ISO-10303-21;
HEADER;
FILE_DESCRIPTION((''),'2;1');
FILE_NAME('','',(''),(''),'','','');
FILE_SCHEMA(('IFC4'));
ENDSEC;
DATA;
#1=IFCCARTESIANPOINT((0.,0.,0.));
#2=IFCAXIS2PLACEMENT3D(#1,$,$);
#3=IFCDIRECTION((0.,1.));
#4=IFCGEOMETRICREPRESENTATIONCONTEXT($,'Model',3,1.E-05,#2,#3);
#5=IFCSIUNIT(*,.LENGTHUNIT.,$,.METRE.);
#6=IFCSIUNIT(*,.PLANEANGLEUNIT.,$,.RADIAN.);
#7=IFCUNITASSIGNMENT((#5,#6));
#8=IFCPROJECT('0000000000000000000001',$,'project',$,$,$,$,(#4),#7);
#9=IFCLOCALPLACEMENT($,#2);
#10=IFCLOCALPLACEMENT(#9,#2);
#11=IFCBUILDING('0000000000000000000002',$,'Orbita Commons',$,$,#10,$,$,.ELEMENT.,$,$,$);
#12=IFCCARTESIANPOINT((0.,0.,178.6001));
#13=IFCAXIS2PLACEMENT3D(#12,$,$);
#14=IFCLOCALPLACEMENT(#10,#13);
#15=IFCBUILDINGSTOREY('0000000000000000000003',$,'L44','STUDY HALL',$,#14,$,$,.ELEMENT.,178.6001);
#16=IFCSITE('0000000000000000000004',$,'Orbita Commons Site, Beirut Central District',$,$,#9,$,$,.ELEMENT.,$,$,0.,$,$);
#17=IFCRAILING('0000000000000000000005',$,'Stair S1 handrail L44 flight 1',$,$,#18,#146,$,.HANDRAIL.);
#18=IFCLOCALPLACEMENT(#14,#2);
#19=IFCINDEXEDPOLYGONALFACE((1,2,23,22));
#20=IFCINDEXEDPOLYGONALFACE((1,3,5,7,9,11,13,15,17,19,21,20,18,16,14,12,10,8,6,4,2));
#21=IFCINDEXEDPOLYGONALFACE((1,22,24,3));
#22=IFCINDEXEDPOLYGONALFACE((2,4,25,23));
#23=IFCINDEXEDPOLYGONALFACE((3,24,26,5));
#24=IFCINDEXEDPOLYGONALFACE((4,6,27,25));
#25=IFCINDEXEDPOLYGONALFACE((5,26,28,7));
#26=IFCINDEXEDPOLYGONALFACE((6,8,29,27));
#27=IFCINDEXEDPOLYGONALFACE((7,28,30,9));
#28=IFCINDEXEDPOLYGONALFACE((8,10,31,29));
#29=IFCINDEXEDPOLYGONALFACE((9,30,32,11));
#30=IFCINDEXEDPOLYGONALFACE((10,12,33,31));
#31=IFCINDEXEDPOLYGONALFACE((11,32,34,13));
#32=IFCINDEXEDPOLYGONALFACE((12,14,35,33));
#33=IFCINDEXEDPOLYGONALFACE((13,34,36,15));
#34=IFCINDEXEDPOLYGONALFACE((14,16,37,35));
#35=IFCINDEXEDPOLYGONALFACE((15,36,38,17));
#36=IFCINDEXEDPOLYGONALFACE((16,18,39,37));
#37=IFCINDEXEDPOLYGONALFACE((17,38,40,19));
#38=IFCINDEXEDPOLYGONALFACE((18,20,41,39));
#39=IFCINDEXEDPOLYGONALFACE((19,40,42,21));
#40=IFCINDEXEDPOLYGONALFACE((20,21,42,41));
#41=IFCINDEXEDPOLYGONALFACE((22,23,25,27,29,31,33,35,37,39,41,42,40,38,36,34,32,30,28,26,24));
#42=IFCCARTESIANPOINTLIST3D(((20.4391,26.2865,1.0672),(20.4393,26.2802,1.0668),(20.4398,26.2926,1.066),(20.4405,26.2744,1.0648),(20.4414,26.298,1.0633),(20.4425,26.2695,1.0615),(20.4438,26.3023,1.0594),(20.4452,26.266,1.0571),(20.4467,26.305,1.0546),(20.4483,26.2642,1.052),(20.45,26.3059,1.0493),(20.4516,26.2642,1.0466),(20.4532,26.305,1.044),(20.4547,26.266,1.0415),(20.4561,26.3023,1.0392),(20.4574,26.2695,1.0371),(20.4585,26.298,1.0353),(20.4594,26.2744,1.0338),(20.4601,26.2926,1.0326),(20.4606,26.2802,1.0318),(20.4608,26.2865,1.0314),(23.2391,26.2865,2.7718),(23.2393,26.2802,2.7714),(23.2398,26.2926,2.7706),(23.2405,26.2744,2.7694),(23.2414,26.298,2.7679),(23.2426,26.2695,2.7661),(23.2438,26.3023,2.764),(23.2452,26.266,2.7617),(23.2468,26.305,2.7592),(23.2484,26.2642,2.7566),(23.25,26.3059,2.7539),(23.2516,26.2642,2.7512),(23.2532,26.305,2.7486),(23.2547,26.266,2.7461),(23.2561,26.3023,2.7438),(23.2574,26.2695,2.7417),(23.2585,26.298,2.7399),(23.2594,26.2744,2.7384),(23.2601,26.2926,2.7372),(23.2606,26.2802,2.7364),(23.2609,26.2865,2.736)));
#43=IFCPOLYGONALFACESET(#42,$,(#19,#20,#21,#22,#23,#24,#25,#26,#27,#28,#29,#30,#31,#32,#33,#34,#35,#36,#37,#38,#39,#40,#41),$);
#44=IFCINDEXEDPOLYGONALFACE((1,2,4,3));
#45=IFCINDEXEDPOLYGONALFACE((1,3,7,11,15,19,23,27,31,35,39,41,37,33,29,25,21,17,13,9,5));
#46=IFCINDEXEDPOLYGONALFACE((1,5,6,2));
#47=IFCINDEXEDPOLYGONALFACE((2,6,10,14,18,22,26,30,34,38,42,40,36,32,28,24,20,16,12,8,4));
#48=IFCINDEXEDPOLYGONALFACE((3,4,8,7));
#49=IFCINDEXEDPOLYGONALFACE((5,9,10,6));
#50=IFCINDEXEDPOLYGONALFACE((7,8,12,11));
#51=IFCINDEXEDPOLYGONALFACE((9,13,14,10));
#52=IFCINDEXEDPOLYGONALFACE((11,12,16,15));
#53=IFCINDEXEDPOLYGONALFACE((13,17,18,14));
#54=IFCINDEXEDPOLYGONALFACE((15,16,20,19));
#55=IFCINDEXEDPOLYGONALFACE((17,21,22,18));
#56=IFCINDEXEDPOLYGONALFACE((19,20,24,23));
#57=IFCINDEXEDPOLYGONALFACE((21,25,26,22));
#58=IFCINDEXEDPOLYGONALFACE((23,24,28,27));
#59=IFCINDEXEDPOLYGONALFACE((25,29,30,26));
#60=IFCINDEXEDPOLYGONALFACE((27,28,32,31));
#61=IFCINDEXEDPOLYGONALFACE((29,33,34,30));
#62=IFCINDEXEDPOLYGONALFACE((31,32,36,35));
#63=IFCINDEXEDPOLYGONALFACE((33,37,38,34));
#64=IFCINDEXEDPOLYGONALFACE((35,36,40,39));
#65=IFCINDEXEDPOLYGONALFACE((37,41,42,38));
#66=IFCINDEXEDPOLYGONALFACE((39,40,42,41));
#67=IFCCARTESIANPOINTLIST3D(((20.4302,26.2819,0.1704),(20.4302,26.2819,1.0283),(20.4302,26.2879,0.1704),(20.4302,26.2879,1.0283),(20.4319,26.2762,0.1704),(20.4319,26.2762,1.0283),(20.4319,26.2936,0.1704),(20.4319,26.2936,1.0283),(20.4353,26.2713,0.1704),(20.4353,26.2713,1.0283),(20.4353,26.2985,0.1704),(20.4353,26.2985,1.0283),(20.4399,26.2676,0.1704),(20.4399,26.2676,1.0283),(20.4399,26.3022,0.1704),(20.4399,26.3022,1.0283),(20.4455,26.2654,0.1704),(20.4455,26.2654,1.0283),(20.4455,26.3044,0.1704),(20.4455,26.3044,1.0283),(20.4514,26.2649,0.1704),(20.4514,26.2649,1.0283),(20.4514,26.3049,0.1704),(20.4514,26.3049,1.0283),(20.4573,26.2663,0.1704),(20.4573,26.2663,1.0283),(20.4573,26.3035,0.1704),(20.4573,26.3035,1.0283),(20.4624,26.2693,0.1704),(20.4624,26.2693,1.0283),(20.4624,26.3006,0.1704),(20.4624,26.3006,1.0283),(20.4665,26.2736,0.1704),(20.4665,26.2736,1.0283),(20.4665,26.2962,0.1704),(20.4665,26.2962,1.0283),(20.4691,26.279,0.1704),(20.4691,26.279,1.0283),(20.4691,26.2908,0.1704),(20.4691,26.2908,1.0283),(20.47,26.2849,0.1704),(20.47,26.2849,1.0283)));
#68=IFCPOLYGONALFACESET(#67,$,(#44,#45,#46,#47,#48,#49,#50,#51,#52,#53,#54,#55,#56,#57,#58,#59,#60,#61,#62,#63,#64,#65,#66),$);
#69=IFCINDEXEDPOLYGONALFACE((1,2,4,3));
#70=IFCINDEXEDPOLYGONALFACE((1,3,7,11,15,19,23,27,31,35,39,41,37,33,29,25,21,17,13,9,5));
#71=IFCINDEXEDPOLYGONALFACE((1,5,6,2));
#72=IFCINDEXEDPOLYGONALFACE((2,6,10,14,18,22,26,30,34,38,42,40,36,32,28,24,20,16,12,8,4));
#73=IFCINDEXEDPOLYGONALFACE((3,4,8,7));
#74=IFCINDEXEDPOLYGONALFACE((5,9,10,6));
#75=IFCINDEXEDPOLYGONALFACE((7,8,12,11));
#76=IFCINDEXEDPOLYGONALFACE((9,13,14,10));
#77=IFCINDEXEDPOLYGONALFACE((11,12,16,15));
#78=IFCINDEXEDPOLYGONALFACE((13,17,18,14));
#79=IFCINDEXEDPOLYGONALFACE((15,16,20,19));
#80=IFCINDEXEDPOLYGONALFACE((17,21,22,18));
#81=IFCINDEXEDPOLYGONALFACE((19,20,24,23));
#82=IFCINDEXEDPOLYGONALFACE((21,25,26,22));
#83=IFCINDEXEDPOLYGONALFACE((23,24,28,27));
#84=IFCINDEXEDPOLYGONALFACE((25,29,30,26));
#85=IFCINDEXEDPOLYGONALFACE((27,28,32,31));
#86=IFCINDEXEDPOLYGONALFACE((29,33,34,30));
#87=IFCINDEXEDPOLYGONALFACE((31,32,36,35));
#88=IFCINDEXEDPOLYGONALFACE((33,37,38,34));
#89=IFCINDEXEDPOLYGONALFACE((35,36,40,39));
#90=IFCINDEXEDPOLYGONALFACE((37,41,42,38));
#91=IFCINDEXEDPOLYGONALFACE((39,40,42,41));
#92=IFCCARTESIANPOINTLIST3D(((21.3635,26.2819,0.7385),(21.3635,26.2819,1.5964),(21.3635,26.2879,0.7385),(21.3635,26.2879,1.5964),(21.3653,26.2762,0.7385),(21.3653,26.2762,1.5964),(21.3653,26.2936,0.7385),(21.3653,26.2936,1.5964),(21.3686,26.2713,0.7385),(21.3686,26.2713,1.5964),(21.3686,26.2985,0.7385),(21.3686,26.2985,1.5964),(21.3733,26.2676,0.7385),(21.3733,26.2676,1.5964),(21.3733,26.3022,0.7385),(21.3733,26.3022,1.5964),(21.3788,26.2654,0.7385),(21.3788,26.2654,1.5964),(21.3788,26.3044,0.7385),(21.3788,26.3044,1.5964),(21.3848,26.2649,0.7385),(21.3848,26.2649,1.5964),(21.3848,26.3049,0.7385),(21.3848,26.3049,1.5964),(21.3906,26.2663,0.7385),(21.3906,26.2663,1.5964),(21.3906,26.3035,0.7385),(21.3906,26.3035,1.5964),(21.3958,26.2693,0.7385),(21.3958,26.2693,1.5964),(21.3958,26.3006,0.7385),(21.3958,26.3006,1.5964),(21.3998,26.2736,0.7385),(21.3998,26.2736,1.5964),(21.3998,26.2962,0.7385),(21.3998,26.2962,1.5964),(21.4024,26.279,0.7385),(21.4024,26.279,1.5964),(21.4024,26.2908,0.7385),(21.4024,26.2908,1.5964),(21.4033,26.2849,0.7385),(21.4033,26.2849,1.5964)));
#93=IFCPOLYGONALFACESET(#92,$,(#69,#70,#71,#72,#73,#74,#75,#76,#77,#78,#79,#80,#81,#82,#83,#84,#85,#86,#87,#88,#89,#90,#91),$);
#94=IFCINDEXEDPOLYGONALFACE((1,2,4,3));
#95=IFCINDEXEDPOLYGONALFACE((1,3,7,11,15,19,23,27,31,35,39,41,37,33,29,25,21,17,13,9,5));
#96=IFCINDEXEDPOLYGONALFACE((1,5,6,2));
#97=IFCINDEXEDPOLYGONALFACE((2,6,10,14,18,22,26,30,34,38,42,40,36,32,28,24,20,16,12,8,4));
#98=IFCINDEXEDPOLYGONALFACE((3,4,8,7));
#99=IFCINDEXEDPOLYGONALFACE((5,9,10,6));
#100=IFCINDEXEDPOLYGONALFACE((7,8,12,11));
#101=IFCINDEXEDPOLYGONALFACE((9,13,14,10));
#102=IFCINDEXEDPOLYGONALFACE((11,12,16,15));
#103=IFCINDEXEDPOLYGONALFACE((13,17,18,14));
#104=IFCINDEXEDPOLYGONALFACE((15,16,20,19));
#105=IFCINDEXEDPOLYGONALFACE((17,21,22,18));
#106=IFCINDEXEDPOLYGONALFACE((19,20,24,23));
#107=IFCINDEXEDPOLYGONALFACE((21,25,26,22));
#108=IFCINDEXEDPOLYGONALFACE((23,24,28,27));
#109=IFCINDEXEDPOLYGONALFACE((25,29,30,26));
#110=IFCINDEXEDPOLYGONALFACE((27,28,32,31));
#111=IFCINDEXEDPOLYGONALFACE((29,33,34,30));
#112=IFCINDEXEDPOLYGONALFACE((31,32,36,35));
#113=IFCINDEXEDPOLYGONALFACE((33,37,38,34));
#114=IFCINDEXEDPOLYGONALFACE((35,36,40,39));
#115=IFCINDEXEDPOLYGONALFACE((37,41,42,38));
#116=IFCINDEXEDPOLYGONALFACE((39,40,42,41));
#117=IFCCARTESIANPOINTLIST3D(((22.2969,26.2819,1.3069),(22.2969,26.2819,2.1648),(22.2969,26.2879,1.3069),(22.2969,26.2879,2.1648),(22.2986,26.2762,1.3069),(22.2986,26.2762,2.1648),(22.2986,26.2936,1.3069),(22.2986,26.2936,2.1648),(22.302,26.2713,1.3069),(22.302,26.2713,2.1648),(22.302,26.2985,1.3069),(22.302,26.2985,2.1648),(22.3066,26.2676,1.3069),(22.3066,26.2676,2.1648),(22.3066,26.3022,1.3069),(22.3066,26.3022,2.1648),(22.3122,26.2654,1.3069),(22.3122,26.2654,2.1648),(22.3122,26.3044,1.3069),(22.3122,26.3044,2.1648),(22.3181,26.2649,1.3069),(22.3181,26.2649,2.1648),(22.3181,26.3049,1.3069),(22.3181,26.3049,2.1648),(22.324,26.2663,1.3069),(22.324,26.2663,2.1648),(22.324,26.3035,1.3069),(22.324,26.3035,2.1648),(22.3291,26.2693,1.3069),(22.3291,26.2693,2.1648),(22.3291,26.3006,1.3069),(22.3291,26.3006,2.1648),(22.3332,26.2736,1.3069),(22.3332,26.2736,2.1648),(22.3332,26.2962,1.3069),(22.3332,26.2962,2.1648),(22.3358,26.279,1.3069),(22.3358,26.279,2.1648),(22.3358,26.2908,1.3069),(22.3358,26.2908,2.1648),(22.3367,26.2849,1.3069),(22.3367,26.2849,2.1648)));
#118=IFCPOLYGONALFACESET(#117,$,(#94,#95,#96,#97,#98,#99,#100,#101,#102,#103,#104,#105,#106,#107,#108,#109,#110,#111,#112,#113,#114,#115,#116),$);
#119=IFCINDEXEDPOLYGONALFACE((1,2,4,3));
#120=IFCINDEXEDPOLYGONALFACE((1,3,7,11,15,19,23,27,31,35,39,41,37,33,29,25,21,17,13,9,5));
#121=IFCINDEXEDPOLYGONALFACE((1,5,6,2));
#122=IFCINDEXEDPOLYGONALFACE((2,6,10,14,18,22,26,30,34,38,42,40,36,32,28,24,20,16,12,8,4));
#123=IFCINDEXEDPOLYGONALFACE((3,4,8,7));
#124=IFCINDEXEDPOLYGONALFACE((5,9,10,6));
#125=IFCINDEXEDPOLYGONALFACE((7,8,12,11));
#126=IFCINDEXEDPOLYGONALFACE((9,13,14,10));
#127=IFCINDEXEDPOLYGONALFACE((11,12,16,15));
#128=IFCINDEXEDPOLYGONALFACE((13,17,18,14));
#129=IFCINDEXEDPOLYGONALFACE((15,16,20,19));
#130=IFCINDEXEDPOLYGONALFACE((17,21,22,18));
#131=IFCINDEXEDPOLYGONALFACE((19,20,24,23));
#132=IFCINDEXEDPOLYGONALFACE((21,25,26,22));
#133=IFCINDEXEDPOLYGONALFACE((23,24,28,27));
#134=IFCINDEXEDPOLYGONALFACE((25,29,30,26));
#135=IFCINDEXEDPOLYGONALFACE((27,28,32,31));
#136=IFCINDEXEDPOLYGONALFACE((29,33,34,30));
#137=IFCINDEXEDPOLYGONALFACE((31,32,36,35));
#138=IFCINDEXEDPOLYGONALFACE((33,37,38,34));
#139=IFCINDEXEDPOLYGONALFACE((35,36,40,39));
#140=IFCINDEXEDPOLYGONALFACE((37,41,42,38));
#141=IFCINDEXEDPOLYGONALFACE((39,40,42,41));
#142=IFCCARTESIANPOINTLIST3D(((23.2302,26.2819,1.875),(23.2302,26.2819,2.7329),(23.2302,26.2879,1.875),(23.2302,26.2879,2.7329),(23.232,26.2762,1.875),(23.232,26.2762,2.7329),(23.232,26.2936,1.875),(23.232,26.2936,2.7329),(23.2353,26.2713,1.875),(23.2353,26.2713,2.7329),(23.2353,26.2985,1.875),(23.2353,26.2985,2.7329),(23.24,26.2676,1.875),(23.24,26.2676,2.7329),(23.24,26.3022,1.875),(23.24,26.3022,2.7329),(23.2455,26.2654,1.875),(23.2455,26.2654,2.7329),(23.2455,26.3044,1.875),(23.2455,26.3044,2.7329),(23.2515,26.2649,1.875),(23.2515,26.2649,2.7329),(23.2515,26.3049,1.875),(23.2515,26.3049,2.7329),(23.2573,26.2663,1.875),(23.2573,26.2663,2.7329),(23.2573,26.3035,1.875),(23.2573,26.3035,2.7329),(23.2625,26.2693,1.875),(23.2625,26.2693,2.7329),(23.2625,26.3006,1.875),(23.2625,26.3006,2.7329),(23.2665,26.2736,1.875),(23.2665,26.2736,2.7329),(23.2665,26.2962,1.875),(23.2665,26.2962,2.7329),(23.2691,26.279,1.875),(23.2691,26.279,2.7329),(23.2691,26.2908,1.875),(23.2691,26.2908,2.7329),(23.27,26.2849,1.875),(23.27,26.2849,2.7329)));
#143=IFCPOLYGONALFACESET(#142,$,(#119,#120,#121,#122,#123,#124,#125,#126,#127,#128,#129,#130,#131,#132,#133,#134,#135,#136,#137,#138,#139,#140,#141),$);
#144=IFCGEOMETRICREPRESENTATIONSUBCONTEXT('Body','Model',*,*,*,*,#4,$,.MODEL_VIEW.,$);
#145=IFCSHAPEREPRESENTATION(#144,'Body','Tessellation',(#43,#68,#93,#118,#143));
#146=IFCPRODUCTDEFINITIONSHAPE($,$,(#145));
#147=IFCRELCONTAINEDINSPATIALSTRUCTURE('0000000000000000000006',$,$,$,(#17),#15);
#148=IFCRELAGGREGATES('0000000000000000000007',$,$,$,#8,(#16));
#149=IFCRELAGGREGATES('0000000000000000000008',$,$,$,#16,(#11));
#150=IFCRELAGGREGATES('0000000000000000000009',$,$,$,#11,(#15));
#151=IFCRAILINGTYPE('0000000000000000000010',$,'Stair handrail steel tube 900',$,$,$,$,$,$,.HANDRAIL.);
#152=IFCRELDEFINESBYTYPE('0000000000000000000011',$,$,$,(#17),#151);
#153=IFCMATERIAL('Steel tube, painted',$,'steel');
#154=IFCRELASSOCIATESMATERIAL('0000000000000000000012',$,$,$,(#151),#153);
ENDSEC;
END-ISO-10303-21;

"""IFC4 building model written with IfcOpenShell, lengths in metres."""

from ifc_helpers import new_model, si_unit, direction, frame, origin, origin_2d, place, context, subcontext, project, spatial, circle, extrude, material, type_object, element, save


model = new_model("IFC4")

# Units and contexts
model_context = context("Model", 3, precision=1e-05, world=origin(), true_north=direction((0.0, 1.0)))
body_context = subcontext(model_context, "Body", "Model", "MODEL_VIEW")
ifc_project = project(units=[si_unit("LENGTHUNIT", "METRE"), si_unit("PLANEANGLEUNIT", "RADIAN")], contexts=[model_context])

# Site, building, storey
site_placement = place(None, origin())
site = spatial("IfcSite", under=ifc_project, at=site_placement, Name="Orbita Commons Site, Beirut Central District", CompositionType="ELEMENT", RefElevation=0.0)
building_placement = place(site_placement, origin())
building = spatial("IfcBuilding", under=site, at=building_placement, Name="Orbita Commons", CompositionType="ELEMENT")
storey_placement = place(building_placement, frame((0.0, 0.0, 178.6001)))
storey = spatial("IfcBuildingStorey", under=building, at=storey_placement, Name="L44", Description="STUDY HALL", CompositionType="ELEMENT", Elevation=178.6001)

# Railing
ifc_material_1 = material(Name="Steel tube, painted", Category="steel")
railing_type = type_object("IfcRailingType", Name="Stair handrail steel tube 900", PredefinedType="HANDRAIL", material=ifc_material_1)
for number, where, name in (
    (1, (20.45, 26.2849, 0.1704), "Stair S1 handrail L44 flight 1"),
):
    element("IfcRailing", number, at=place(storey_placement, frame(where)), inside=storey, type_object=railing_type, Name=name, PredefinedType="HANDRAIL", context=body_context, shape_type="SweptSolid", body=[
        extrude(circle(Radius=0.021, at=origin_2d()), frame((0.0, 0.0, 0.8789), z_axis=(0.85417, 0.0, 0.519994), x_axis=(0.0, 1.0, 0.0)), (0.0, 0.0, 1.0), 3.2781),
        extrude(circle(Radius=0.02, at=origin_2d()), origin(), (0.0, 0.0, 1.0), 0.8579),
        extrude(circle(Radius=0.02, at=origin_2d()), frame((0.9333, 0.0, 0.5681)), (0.0, 0.0, 1.0), 0.8579),
        extrude(circle(Radius=0.02, at=origin_2d()), frame((1.8667, 0.0, 1.1365)), (0.0, 0.0, 1.0), 0.8579),
        extrude(circle(Radius=0.02, at=origin_2d()), frame((2.8, 0.0, 1.7046)), (0.0, 0.0, 1.0), 0.8579),
    ])

save(model, "model.ifc")
